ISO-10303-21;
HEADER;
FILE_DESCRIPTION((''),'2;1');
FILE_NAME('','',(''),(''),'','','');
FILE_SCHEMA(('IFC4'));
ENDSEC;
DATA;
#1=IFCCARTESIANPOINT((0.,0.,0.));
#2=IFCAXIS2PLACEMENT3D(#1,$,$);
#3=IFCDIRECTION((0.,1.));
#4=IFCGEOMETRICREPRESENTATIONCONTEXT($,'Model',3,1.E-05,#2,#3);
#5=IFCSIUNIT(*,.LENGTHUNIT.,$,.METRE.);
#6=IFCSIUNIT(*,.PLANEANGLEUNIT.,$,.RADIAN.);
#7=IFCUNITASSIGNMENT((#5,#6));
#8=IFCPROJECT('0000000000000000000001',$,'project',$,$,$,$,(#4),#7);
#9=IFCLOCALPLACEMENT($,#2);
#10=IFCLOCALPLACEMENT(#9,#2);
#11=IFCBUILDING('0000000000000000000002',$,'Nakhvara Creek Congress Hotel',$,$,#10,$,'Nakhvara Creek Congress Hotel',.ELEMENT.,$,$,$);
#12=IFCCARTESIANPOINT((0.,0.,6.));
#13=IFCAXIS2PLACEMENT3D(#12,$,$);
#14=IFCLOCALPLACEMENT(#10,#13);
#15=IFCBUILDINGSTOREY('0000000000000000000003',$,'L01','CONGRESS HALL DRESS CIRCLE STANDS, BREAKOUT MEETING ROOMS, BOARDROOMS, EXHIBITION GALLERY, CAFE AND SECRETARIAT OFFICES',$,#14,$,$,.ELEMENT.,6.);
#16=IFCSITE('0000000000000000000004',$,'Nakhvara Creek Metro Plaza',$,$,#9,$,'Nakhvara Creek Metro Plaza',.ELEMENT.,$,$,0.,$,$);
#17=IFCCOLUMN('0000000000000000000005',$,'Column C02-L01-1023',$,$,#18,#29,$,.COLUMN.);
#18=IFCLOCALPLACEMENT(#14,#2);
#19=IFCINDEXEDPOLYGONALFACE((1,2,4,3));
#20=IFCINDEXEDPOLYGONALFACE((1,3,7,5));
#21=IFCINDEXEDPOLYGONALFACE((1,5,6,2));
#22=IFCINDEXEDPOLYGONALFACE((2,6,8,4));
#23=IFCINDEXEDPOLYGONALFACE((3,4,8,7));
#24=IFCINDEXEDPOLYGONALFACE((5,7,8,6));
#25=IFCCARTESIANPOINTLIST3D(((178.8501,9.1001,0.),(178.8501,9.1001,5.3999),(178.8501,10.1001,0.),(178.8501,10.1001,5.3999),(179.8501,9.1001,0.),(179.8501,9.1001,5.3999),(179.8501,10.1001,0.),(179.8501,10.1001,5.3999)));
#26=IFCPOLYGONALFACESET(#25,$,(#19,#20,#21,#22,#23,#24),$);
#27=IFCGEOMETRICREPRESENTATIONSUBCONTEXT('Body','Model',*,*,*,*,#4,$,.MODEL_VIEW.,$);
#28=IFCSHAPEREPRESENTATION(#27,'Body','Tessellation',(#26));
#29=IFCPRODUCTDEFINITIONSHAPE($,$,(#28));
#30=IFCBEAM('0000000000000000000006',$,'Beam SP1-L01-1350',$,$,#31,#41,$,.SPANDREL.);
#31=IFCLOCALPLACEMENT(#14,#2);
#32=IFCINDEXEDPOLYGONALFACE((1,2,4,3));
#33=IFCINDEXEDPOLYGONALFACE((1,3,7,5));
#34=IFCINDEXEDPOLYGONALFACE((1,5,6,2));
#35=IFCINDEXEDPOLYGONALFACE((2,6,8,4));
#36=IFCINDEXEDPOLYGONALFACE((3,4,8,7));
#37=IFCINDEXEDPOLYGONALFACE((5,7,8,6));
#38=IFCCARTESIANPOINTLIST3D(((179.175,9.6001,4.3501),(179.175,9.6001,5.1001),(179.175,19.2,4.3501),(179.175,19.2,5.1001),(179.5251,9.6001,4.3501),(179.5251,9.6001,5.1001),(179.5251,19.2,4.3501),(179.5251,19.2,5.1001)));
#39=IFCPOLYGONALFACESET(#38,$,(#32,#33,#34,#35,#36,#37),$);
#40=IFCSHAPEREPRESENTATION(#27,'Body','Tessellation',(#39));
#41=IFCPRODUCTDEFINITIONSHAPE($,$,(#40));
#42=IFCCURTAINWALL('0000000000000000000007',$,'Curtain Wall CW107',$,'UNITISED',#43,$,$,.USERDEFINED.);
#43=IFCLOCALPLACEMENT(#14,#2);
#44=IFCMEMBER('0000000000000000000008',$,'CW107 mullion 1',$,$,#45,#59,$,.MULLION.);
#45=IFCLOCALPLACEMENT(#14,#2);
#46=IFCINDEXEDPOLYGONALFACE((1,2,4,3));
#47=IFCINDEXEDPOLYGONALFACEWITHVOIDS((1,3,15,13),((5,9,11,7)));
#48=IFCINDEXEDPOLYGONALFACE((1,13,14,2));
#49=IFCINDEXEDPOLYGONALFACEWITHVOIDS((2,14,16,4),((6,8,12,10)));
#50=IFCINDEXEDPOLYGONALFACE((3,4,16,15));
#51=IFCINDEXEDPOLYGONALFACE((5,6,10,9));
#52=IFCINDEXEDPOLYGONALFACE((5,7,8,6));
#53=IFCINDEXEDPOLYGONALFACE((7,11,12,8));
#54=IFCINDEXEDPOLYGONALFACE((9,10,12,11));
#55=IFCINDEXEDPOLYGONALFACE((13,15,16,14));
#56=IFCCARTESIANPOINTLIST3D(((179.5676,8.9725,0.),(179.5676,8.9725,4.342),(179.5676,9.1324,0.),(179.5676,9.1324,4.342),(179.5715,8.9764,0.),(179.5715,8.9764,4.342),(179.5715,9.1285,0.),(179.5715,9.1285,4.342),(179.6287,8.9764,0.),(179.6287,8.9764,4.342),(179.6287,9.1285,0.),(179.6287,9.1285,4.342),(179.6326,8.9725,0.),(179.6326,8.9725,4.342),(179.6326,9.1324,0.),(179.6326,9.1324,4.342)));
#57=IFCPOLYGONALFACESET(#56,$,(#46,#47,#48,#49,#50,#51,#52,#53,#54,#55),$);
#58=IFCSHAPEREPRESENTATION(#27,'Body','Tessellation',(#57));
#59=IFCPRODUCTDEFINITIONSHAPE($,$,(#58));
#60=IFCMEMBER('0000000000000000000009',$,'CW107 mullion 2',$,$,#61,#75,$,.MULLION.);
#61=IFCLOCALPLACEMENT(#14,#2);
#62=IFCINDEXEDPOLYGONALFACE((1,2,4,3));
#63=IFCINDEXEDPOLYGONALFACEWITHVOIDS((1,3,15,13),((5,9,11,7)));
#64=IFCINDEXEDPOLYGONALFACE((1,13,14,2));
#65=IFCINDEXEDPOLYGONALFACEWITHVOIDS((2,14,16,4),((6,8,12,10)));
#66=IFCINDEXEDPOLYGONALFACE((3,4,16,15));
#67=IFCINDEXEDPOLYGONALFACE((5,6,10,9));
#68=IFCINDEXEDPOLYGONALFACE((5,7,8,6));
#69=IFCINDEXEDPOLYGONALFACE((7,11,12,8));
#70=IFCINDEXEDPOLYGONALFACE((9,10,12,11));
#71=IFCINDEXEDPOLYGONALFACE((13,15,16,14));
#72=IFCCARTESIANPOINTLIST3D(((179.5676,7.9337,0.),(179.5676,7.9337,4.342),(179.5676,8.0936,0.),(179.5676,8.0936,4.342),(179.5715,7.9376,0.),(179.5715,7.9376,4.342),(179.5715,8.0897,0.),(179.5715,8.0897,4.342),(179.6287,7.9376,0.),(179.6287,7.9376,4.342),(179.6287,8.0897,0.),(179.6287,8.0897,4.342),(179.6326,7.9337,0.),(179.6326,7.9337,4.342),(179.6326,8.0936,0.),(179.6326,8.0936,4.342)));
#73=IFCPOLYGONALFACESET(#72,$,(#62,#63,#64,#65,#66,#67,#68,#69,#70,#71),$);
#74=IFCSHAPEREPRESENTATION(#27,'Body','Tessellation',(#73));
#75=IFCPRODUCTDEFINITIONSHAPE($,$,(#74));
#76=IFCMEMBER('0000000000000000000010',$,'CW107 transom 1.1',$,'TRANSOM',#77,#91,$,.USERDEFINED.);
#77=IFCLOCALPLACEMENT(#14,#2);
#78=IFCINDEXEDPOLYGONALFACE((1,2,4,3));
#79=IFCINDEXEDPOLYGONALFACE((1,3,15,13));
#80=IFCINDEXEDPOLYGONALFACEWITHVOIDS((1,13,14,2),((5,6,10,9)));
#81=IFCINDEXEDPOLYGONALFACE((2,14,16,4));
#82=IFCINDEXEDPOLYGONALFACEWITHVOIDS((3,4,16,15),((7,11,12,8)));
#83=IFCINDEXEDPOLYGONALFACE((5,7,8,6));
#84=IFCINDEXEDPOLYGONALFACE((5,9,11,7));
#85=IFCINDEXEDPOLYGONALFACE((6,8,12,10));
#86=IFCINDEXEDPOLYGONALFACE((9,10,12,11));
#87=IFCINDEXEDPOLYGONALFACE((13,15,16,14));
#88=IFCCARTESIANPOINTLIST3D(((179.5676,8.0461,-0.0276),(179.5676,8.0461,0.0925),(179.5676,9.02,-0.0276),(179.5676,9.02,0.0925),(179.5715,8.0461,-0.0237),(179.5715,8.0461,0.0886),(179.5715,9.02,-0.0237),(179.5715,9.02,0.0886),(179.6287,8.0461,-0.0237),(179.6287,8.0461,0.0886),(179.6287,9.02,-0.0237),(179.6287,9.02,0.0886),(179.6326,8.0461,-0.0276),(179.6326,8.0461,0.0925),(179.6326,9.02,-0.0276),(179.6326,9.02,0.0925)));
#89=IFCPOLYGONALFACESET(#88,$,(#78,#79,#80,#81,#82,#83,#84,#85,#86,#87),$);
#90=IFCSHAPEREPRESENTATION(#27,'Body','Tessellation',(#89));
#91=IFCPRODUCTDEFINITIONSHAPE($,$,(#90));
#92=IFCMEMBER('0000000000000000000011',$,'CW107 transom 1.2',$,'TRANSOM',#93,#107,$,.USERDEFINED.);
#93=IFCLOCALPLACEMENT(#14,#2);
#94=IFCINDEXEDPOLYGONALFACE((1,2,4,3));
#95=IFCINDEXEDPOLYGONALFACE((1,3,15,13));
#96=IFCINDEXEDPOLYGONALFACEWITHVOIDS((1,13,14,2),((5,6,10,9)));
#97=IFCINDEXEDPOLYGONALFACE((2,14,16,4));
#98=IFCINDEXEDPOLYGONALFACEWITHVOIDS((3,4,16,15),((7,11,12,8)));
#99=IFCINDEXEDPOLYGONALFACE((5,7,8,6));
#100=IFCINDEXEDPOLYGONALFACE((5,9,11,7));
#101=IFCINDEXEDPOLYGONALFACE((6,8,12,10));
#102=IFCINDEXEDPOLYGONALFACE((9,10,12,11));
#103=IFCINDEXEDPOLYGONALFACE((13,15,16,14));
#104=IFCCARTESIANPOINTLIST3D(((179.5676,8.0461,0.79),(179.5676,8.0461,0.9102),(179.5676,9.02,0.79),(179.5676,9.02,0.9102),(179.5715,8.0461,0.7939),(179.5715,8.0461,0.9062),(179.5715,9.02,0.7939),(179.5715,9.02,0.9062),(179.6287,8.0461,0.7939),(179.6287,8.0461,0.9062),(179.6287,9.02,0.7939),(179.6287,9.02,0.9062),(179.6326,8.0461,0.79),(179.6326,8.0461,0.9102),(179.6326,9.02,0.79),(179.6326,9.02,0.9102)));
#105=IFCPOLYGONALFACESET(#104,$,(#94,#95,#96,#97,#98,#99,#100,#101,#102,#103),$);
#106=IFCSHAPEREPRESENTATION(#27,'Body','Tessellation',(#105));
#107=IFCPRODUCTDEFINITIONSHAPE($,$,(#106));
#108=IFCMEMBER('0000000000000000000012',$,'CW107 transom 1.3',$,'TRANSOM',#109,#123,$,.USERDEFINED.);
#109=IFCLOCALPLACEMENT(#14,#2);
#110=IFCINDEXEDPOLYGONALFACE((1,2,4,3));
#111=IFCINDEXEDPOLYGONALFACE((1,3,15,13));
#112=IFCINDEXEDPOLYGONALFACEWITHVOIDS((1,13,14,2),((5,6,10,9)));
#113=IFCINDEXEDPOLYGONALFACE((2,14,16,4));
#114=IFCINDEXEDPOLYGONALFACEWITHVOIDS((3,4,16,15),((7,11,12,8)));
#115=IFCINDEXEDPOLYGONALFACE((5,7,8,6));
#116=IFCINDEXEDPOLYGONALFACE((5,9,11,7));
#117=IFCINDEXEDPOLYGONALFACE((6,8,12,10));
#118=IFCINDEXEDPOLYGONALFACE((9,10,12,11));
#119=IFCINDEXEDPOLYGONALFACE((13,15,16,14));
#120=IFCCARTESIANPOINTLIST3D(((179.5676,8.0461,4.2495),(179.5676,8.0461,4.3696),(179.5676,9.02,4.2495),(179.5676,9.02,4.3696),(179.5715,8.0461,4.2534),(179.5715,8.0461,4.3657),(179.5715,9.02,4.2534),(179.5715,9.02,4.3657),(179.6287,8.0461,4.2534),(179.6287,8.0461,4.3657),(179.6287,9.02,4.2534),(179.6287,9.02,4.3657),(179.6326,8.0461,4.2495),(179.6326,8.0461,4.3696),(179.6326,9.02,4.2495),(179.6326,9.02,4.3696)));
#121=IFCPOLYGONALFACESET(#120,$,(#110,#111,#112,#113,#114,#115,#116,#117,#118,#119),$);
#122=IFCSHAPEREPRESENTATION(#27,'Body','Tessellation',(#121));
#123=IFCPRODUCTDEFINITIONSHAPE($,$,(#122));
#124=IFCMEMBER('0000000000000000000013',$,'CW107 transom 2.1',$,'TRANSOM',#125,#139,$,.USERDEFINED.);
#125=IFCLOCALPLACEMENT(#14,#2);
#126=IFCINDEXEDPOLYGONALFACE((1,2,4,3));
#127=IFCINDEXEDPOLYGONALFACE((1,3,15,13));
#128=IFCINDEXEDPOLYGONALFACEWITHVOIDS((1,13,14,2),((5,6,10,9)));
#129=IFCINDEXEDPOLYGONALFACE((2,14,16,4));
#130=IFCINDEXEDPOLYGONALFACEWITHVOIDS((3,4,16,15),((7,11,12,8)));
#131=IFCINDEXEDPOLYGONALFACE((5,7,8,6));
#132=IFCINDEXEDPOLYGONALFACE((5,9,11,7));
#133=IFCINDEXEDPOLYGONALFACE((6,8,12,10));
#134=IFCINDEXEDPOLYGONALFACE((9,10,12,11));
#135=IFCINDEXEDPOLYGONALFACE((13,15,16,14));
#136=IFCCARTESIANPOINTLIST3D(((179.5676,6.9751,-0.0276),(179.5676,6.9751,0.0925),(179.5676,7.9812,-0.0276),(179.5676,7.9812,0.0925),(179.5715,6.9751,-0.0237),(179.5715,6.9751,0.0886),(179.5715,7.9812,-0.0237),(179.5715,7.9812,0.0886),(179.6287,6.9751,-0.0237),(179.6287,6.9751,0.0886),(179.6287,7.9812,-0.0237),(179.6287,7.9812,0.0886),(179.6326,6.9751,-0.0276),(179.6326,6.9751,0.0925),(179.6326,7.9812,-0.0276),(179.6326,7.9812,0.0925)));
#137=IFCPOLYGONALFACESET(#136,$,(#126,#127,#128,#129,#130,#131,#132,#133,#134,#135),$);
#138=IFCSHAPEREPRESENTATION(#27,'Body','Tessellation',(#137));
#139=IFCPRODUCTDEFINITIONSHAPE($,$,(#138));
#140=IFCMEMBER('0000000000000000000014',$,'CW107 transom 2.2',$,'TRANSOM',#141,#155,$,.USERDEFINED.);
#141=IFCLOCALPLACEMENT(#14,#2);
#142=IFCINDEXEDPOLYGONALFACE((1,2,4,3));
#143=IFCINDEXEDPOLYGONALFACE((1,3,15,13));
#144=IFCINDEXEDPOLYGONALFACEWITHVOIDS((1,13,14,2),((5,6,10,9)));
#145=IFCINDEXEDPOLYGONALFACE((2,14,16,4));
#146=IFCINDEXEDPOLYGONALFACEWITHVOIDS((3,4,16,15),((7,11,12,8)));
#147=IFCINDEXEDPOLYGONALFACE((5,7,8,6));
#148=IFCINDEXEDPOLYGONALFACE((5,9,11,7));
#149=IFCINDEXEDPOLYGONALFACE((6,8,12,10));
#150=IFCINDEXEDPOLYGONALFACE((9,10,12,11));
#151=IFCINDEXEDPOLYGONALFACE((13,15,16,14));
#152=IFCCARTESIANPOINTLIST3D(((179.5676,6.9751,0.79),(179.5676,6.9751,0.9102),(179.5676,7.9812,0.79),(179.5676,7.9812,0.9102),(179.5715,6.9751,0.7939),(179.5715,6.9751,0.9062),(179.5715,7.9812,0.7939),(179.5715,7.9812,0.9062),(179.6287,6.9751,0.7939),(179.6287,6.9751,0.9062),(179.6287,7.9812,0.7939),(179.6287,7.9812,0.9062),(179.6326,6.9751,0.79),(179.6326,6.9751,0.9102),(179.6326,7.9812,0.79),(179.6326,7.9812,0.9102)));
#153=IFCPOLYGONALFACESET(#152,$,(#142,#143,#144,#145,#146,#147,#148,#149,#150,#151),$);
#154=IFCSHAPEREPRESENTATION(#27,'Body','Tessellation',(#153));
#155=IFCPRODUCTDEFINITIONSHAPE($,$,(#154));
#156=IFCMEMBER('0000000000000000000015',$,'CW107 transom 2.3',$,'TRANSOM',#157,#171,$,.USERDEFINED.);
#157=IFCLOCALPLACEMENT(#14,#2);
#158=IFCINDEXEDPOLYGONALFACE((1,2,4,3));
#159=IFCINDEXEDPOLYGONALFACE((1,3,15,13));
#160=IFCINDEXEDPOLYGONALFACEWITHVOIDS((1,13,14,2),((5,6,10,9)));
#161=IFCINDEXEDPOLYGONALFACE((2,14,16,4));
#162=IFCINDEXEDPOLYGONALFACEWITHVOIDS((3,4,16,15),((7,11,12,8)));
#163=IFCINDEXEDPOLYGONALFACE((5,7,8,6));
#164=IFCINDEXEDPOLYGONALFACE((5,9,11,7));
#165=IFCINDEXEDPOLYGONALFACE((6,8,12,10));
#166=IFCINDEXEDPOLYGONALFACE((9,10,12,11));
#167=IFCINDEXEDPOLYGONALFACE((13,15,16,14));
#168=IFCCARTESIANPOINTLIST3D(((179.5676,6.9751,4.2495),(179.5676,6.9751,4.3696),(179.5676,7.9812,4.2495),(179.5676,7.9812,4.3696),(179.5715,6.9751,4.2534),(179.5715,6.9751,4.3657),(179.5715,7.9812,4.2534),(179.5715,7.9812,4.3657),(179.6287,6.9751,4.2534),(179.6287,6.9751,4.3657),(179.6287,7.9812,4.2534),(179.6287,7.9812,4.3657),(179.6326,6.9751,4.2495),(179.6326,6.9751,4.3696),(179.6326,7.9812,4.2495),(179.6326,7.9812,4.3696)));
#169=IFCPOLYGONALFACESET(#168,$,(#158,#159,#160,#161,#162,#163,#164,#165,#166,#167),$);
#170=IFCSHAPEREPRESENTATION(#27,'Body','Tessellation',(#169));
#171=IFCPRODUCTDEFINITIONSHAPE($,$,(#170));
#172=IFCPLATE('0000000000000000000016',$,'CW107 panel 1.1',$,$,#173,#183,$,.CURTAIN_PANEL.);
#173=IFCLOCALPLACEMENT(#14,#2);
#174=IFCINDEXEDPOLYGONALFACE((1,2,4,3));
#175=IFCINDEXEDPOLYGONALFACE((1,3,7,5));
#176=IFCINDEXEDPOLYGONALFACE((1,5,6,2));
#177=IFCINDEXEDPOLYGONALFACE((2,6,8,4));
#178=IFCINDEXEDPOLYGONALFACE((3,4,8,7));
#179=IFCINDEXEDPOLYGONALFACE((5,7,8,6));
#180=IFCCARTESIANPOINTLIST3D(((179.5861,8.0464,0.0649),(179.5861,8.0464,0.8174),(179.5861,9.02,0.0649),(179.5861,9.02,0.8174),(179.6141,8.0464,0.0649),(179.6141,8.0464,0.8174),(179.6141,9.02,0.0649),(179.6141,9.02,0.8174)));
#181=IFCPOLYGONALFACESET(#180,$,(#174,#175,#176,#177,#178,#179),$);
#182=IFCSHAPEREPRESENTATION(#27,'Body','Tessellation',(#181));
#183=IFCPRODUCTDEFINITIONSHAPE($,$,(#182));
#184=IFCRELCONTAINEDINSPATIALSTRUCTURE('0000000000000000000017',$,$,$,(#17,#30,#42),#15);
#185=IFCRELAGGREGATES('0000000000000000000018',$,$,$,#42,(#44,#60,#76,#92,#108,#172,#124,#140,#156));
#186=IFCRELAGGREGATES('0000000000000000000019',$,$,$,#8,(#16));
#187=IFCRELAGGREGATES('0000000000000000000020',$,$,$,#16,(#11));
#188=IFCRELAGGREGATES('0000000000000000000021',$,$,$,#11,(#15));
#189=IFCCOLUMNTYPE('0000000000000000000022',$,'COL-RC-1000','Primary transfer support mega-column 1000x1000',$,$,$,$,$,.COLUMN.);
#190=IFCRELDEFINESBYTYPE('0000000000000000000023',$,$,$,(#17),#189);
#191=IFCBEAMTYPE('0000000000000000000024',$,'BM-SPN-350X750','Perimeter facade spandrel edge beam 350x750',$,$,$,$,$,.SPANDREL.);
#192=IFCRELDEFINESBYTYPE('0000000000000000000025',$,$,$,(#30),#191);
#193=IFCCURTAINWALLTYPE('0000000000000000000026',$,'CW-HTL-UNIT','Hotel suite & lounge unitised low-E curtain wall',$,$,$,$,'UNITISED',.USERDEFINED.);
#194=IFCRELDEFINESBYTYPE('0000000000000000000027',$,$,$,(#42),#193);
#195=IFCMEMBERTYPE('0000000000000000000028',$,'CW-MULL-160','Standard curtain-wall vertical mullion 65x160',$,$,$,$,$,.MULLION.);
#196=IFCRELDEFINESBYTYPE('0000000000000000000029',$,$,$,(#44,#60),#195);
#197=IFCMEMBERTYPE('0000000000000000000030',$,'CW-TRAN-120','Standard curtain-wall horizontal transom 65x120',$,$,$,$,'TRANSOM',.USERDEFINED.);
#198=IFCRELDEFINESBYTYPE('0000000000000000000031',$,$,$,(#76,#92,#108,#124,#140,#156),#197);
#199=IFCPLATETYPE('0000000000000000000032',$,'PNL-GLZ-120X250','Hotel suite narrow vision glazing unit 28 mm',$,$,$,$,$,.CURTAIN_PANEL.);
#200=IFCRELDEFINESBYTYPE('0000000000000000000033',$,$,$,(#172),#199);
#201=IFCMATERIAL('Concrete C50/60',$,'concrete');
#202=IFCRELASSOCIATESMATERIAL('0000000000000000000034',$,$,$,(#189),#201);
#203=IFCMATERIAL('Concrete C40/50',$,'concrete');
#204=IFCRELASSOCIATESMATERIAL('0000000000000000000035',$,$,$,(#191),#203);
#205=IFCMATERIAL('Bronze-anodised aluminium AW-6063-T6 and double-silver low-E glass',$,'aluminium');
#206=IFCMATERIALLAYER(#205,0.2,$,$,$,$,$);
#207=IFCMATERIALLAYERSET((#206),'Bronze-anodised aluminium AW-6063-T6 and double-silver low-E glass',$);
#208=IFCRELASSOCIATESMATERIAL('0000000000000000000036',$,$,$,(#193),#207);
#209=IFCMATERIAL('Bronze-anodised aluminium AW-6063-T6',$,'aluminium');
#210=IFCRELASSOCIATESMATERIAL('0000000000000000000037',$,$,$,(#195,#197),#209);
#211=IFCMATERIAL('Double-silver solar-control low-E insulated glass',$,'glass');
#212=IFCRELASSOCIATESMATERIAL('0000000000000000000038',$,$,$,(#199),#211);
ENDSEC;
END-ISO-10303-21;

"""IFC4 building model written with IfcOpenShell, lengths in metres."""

from ifc_helpers import new_model, si_unit, direction, frame, origin, origin_2d, place, context, subcontext, project, spatial, rectangle, hollow_rectangle, extrude, material, layer, layer_set, material_profile, profile_set, type_object, element, aggregate, save


model = new_model("IFC4")

# Units and contexts
model_context = context("Model", 3, precision=1e-05, world=origin(), true_north=direction((0.0, 1.0)))
body_context = subcontext(model_context, "Body", "Model", "MODEL_VIEW")
ifc_project = project(units=[si_unit("LENGTHUNIT", "METRE"), si_unit("PLANEANGLEUNIT", "RADIAN")], contexts=[model_context])

# Site, building, storey
site_placement = place(None, origin())
site = spatial("IfcSite", under=ifc_project, at=site_placement, Name="Nakhvara Creek Metro Plaza", LongName="Nakhvara Creek Metro Plaza", CompositionType="ELEMENT", RefElevation=0.0)
building_placement = place(site_placement, origin())
building = spatial("IfcBuilding", under=site, at=building_placement, Name="Nakhvara Creek Congress Hotel", LongName="Nakhvara Creek Congress Hotel", CompositionType="ELEMENT")
storey_placement = place(building_placement, frame((0.0, 0.0, 6.0)))
storey = spatial("IfcBuildingStorey", under=building, at=storey_placement, Name="L01", Description="CONGRESS HALL DRESS CIRCLE STANDS, BREAKOUT MEETING ROOMS, BOARDROOMS, EXHIBITION GALLERY, CAFE AND SECRETARIAT OFFICES", CompositionType="ELEMENT", Elevation=6.0)

# Column
ifc_material_1 = material(Name="Concrete C50/60", Category="concrete")
ifc_material_profile_1 = material_profile(ifc_material_1, rectangle(XDim=1.0, YDim=1.0, at=origin_2d()), Name="RC-COL 1000x1000", Category="LoadBearing")
ifc_profile_set_1 = profile_set([ifc_material_profile_1], Name="Concrete C50/60")
column_type = type_object("IfcColumnType", Name="COL-RC-1000", Description="Primary transfer support mega-column 1000x1000", PredefinedType="COLUMN", material=ifc_profile_set_1)
column_placement = place(storey_placement, frame((179.3501, 9.6001, 0.0), z_axis=(0.0, 0.0, 1.0), x_axis=(1.0, 0.0, 0.0)))
element("IfcColumn", 1, at=column_placement, inside=storey, type_object=column_type, Name="Column C02-L01-1023", PredefinedType="COLUMN", context=body_context, shape_type="SweptSolid", body=[
    extrude(rectangle(XDim=1.0, YDim=1.0, at=origin_2d()), origin(), (0.0, 0.0, 1.0), 5.3999),
])

# Beam
ifc_material_2 = material(Name="Concrete C40/50", Category="concrete")
ifc_material_profile_2 = material_profile(ifc_material_2, rectangle(XDim=0.3501, YDim=0.75, at=origin_2d()), Name="RC-SPANDREL 350x750", Category="LoadBearing")
ifc_profile_set_2 = profile_set([ifc_material_profile_2], Name="Concrete C40/50")
beam_type = type_object("IfcBeamType", Name="BM-SPN-350X750", Description="Perimeter facade spandrel edge beam 350x750", PredefinedType="SPANDREL", material=ifc_profile_set_2)
beam_placement = place(storey_placement, frame((179.3501, 9.6001, 4.7251), z_axis=(0.0, 1.0, 0.0), x_axis=(-1.0, 0.0, 0.0)))
element("IfcBeam", 2, at=beam_placement, inside=storey, type_object=beam_type, Name="Beam SP1-L01-1350", PredefinedType="SPANDREL", context=body_context, shape_type="SweptSolid", body=[
    extrude(rectangle(XDim=0.3501, YDim=0.75, at=origin_2d()), origin(), (0.0, 0.0, 1.0), 9.5999),
])

# Curtain wall, members, plate
ifc_material_3 = material(Name="Bronze-anodised aluminium AW-6063-T6 and double-silver low-E glass", Category="aluminium")
ifc_layer_1 = layer(ifc_material_3, 0.2)
ifc_layer_set_1 = layer_set([ifc_layer_1], Name="Bronze-anodised aluminium AW-6063-T6 and double-silver low-E glass")
curtain_wall_type = type_object("IfcCurtainWallType", Name="CW-HTL-UNIT", Description="Hotel suite & lounge unitised low-E curtain wall", ElementType="UNITISED", PredefinedType="USERDEFINED", material=ifc_layer_set_1)
curtain_wall_placement = place(storey_placement, origin())
curtain_wall = element("IfcCurtainWall", 3, at=curtain_wall_placement, inside=storey, type_object=curtain_wall_type, Name="Curtain Wall CW107", ObjectType="UNITISED", PredefinedType="USERDEFINED")
ifc_material_4 = material(Name="Bronze-anodised aluminium AW-6063-T6", Category="aluminium")
ifc_material_profile_3 = material_profile(ifc_material_4, hollow_rectangle(XDim=0.0649, YDim=0.1599, WallThickness=0.0039, at=origin_2d()), Name="ALU-MULL 65x160x4", Category="LoadBearing")
ifc_profile_set_3 = profile_set([ifc_material_profile_3], Name="Bronze-anodised aluminium AW-6063-T6")
member_type_1 = type_object("IfcMemberType", Name="CW-MULL-160", Description="Standard curtain-wall vertical mullion 65x160", PredefinedType="MULLION", material=ifc_profile_set_3)
member_1_placement = place(storey_placement, frame((179.6001, 9.0525, 0.0), z_axis=(0.0, 0.0, 1.0), x_axis=(1.0, 0.0, 0.0)))
member_1 = element("IfcMember", 4, at=member_1_placement, type_object=member_type_1, Name="CW107 mullion 1", PredefinedType="MULLION", context=body_context, shape_type="SweptSolid", body=[
    extrude(hollow_rectangle(XDim=0.0649, YDim=0.1599, WallThickness=0.0039, at=origin_2d()), origin(), (0.0, 0.0, 1.0), 4.342),
])
member_2_placement = place(storey_placement, frame((179.6001, 8.0137, 0.0), z_axis=(0.0, 0.0, 1.0), x_axis=(1.0, 0.0, 0.0)))
member_2 = element("IfcMember", 5, at=member_2_placement, type_object=member_type_1, Name="CW107 mullion 2", PredefinedType="MULLION", context=body_context, shape_type="SweptSolid", body=[
    extrude(hollow_rectangle(XDim=0.0649, YDim=0.1599, WallThickness=0.0039, at=origin_2d()), origin(), (0.0, 0.0, 1.0), 4.342),
])
ifc_material_profile_4 = material_profile(ifc_material_4, hollow_rectangle(XDim=0.0649, YDim=0.1201, WallThickness=0.0039, at=origin_2d()), Name="ALU-TRAN 65x120x4", Category="LoadBearing")
ifc_profile_set_4 = profile_set([ifc_material_profile_4], Name="Bronze-anodised aluminium AW-6063-T6")
member_type_2 = type_object("IfcMemberType", Name="CW-TRAN-120", Description="Standard curtain-wall horizontal transom 65x120", ElementType="TRANSOM", PredefinedType="USERDEFINED", material=ifc_profile_set_4)
member_3_placement = place(storey_placement, frame((179.6001, 9.02, 0.0325), z_axis=(0.0, -1.0, 0.0), x_axis=(1.0, 0.0, 0.0)))
member_3 = element("IfcMember", 6, at=member_3_placement, type_object=member_type_2, Name="CW107 transom 1.1", ObjectType="TRANSOM", PredefinedType="USERDEFINED", context=body_context, shape_type="SweptSolid", body=[
    extrude(hollow_rectangle(XDim=0.0649, YDim=0.1201, WallThickness=0.0039, at=origin_2d()), origin(), (0.0, 0.0, 1.0), 0.9739),
])
member_4_placement = place(storey_placement, frame((179.6001, 9.02, 0.8501), z_axis=(0.0, -1.0, 0.0), x_axis=(1.0, 0.0, 0.0)))
member_4 = element("IfcMember", 7, at=member_4_placement, type_object=member_type_2, Name="CW107 transom 1.2", ObjectType="TRANSOM", PredefinedType="USERDEFINED", context=body_context, shape_type="SweptSolid", body=[
    extrude(hollow_rectangle(XDim=0.0649, YDim=0.1201, WallThickness=0.0039, at=origin_2d()), origin(), (0.0, 0.0, 1.0), 0.9739),
])
member_5_placement = place(storey_placement, frame((179.6001, 9.02, 4.3096), z_axis=(0.0, -1.0, 0.0), x_axis=(1.0, 0.0, 0.0)))
member_5 = element("IfcMember", 8, at=member_5_placement, type_object=member_type_2, Name="CW107 transom 1.3", ObjectType="TRANSOM", PredefinedType="USERDEFINED", context=body_context, shape_type="SweptSolid", body=[
    extrude(hollow_rectangle(XDim=0.0649, YDim=0.1201, WallThickness=0.0039, at=origin_2d()), origin(), (0.0, 0.0, 1.0), 0.9739),
])
member_6_placement = place(storey_placement, frame((179.6001, 7.9812, 0.0325), z_axis=(0.0, -1.0, 0.0), x_axis=(1.0, 0.0, 0.0)))
member_6 = element("IfcMember", 9, at=member_6_placement, type_object=member_type_2, Name="CW107 transom 2.1", ObjectType="TRANSOM", PredefinedType="USERDEFINED", context=body_context, shape_type="SweptSolid", body=[
    extrude(hollow_rectangle(XDim=0.0649, YDim=0.1201, WallThickness=0.0039, at=origin_2d()), origin(), (0.0, 0.0, 1.0), 1.0061),
])
member_7_placement = place(storey_placement, frame((179.6001, 7.9812, 0.8501), z_axis=(0.0, -1.0, 0.0), x_axis=(1.0, 0.0, 0.0)))
member_7 = element("IfcMember", 10, at=member_7_placement, type_object=member_type_2, Name="CW107 transom 2.2", ObjectType="TRANSOM", PredefinedType="USERDEFINED", context=body_context, shape_type="SweptSolid", body=[
    extrude(hollow_rectangle(XDim=0.0649, YDim=0.1201, WallThickness=0.0039, at=origin_2d()), origin(), (0.0, 0.0, 1.0), 1.0061),
])
member_8_placement = place(storey_placement, frame((179.6001, 7.9812, 4.3096), z_axis=(0.0, -1.0, 0.0), x_axis=(1.0, 0.0, 0.0)))
member_8 = element("IfcMember", 11, at=member_8_placement, type_object=member_type_2, Name="CW107 transom 2.3", ObjectType="TRANSOM", PredefinedType="USERDEFINED", context=body_context, shape_type="SweptSolid", body=[
    extrude(hollow_rectangle(XDim=0.0649, YDim=0.1201, WallThickness=0.0039, at=origin_2d()), origin(), (0.0, 0.0, 1.0), 1.0061),
])
ifc_material_5 = material(Name="Double-silver solar-control low-E insulated glass", Category="glass")
plate_type = type_object("IfcPlateType", Name="PNL-GLZ-120X250", Description="Hotel suite narrow vision glazing unit 28 mm", PredefinedType="CURTAIN_PANEL", material=ifc_material_5)
plate_1_placement = place(storey_placement, frame((179.6001, 8.5332, 0.0649), z_axis=(0.0, 0.0, 1.0), x_axis=(0.0, -1.0, 0.0)))
plate_1 = element("IfcPlate", 12, at=plate_1_placement, type_object=plate_type, Name="CW107 panel 1.1", PredefinedType="CURTAIN_PANEL", context=body_context, shape_type="SweptSolid", body=[
    extrude(rectangle(XDim=0.9736, YDim=0.0281, at=origin_2d()), origin(), (0.0, 0.0, 1.0), 0.7524),
])
aggregate(curtain_wall, [member_1, member_2, member_3, member_4, member_5, plate_1, member_6, member_7, member_8])

save(model, "model.ifc")
